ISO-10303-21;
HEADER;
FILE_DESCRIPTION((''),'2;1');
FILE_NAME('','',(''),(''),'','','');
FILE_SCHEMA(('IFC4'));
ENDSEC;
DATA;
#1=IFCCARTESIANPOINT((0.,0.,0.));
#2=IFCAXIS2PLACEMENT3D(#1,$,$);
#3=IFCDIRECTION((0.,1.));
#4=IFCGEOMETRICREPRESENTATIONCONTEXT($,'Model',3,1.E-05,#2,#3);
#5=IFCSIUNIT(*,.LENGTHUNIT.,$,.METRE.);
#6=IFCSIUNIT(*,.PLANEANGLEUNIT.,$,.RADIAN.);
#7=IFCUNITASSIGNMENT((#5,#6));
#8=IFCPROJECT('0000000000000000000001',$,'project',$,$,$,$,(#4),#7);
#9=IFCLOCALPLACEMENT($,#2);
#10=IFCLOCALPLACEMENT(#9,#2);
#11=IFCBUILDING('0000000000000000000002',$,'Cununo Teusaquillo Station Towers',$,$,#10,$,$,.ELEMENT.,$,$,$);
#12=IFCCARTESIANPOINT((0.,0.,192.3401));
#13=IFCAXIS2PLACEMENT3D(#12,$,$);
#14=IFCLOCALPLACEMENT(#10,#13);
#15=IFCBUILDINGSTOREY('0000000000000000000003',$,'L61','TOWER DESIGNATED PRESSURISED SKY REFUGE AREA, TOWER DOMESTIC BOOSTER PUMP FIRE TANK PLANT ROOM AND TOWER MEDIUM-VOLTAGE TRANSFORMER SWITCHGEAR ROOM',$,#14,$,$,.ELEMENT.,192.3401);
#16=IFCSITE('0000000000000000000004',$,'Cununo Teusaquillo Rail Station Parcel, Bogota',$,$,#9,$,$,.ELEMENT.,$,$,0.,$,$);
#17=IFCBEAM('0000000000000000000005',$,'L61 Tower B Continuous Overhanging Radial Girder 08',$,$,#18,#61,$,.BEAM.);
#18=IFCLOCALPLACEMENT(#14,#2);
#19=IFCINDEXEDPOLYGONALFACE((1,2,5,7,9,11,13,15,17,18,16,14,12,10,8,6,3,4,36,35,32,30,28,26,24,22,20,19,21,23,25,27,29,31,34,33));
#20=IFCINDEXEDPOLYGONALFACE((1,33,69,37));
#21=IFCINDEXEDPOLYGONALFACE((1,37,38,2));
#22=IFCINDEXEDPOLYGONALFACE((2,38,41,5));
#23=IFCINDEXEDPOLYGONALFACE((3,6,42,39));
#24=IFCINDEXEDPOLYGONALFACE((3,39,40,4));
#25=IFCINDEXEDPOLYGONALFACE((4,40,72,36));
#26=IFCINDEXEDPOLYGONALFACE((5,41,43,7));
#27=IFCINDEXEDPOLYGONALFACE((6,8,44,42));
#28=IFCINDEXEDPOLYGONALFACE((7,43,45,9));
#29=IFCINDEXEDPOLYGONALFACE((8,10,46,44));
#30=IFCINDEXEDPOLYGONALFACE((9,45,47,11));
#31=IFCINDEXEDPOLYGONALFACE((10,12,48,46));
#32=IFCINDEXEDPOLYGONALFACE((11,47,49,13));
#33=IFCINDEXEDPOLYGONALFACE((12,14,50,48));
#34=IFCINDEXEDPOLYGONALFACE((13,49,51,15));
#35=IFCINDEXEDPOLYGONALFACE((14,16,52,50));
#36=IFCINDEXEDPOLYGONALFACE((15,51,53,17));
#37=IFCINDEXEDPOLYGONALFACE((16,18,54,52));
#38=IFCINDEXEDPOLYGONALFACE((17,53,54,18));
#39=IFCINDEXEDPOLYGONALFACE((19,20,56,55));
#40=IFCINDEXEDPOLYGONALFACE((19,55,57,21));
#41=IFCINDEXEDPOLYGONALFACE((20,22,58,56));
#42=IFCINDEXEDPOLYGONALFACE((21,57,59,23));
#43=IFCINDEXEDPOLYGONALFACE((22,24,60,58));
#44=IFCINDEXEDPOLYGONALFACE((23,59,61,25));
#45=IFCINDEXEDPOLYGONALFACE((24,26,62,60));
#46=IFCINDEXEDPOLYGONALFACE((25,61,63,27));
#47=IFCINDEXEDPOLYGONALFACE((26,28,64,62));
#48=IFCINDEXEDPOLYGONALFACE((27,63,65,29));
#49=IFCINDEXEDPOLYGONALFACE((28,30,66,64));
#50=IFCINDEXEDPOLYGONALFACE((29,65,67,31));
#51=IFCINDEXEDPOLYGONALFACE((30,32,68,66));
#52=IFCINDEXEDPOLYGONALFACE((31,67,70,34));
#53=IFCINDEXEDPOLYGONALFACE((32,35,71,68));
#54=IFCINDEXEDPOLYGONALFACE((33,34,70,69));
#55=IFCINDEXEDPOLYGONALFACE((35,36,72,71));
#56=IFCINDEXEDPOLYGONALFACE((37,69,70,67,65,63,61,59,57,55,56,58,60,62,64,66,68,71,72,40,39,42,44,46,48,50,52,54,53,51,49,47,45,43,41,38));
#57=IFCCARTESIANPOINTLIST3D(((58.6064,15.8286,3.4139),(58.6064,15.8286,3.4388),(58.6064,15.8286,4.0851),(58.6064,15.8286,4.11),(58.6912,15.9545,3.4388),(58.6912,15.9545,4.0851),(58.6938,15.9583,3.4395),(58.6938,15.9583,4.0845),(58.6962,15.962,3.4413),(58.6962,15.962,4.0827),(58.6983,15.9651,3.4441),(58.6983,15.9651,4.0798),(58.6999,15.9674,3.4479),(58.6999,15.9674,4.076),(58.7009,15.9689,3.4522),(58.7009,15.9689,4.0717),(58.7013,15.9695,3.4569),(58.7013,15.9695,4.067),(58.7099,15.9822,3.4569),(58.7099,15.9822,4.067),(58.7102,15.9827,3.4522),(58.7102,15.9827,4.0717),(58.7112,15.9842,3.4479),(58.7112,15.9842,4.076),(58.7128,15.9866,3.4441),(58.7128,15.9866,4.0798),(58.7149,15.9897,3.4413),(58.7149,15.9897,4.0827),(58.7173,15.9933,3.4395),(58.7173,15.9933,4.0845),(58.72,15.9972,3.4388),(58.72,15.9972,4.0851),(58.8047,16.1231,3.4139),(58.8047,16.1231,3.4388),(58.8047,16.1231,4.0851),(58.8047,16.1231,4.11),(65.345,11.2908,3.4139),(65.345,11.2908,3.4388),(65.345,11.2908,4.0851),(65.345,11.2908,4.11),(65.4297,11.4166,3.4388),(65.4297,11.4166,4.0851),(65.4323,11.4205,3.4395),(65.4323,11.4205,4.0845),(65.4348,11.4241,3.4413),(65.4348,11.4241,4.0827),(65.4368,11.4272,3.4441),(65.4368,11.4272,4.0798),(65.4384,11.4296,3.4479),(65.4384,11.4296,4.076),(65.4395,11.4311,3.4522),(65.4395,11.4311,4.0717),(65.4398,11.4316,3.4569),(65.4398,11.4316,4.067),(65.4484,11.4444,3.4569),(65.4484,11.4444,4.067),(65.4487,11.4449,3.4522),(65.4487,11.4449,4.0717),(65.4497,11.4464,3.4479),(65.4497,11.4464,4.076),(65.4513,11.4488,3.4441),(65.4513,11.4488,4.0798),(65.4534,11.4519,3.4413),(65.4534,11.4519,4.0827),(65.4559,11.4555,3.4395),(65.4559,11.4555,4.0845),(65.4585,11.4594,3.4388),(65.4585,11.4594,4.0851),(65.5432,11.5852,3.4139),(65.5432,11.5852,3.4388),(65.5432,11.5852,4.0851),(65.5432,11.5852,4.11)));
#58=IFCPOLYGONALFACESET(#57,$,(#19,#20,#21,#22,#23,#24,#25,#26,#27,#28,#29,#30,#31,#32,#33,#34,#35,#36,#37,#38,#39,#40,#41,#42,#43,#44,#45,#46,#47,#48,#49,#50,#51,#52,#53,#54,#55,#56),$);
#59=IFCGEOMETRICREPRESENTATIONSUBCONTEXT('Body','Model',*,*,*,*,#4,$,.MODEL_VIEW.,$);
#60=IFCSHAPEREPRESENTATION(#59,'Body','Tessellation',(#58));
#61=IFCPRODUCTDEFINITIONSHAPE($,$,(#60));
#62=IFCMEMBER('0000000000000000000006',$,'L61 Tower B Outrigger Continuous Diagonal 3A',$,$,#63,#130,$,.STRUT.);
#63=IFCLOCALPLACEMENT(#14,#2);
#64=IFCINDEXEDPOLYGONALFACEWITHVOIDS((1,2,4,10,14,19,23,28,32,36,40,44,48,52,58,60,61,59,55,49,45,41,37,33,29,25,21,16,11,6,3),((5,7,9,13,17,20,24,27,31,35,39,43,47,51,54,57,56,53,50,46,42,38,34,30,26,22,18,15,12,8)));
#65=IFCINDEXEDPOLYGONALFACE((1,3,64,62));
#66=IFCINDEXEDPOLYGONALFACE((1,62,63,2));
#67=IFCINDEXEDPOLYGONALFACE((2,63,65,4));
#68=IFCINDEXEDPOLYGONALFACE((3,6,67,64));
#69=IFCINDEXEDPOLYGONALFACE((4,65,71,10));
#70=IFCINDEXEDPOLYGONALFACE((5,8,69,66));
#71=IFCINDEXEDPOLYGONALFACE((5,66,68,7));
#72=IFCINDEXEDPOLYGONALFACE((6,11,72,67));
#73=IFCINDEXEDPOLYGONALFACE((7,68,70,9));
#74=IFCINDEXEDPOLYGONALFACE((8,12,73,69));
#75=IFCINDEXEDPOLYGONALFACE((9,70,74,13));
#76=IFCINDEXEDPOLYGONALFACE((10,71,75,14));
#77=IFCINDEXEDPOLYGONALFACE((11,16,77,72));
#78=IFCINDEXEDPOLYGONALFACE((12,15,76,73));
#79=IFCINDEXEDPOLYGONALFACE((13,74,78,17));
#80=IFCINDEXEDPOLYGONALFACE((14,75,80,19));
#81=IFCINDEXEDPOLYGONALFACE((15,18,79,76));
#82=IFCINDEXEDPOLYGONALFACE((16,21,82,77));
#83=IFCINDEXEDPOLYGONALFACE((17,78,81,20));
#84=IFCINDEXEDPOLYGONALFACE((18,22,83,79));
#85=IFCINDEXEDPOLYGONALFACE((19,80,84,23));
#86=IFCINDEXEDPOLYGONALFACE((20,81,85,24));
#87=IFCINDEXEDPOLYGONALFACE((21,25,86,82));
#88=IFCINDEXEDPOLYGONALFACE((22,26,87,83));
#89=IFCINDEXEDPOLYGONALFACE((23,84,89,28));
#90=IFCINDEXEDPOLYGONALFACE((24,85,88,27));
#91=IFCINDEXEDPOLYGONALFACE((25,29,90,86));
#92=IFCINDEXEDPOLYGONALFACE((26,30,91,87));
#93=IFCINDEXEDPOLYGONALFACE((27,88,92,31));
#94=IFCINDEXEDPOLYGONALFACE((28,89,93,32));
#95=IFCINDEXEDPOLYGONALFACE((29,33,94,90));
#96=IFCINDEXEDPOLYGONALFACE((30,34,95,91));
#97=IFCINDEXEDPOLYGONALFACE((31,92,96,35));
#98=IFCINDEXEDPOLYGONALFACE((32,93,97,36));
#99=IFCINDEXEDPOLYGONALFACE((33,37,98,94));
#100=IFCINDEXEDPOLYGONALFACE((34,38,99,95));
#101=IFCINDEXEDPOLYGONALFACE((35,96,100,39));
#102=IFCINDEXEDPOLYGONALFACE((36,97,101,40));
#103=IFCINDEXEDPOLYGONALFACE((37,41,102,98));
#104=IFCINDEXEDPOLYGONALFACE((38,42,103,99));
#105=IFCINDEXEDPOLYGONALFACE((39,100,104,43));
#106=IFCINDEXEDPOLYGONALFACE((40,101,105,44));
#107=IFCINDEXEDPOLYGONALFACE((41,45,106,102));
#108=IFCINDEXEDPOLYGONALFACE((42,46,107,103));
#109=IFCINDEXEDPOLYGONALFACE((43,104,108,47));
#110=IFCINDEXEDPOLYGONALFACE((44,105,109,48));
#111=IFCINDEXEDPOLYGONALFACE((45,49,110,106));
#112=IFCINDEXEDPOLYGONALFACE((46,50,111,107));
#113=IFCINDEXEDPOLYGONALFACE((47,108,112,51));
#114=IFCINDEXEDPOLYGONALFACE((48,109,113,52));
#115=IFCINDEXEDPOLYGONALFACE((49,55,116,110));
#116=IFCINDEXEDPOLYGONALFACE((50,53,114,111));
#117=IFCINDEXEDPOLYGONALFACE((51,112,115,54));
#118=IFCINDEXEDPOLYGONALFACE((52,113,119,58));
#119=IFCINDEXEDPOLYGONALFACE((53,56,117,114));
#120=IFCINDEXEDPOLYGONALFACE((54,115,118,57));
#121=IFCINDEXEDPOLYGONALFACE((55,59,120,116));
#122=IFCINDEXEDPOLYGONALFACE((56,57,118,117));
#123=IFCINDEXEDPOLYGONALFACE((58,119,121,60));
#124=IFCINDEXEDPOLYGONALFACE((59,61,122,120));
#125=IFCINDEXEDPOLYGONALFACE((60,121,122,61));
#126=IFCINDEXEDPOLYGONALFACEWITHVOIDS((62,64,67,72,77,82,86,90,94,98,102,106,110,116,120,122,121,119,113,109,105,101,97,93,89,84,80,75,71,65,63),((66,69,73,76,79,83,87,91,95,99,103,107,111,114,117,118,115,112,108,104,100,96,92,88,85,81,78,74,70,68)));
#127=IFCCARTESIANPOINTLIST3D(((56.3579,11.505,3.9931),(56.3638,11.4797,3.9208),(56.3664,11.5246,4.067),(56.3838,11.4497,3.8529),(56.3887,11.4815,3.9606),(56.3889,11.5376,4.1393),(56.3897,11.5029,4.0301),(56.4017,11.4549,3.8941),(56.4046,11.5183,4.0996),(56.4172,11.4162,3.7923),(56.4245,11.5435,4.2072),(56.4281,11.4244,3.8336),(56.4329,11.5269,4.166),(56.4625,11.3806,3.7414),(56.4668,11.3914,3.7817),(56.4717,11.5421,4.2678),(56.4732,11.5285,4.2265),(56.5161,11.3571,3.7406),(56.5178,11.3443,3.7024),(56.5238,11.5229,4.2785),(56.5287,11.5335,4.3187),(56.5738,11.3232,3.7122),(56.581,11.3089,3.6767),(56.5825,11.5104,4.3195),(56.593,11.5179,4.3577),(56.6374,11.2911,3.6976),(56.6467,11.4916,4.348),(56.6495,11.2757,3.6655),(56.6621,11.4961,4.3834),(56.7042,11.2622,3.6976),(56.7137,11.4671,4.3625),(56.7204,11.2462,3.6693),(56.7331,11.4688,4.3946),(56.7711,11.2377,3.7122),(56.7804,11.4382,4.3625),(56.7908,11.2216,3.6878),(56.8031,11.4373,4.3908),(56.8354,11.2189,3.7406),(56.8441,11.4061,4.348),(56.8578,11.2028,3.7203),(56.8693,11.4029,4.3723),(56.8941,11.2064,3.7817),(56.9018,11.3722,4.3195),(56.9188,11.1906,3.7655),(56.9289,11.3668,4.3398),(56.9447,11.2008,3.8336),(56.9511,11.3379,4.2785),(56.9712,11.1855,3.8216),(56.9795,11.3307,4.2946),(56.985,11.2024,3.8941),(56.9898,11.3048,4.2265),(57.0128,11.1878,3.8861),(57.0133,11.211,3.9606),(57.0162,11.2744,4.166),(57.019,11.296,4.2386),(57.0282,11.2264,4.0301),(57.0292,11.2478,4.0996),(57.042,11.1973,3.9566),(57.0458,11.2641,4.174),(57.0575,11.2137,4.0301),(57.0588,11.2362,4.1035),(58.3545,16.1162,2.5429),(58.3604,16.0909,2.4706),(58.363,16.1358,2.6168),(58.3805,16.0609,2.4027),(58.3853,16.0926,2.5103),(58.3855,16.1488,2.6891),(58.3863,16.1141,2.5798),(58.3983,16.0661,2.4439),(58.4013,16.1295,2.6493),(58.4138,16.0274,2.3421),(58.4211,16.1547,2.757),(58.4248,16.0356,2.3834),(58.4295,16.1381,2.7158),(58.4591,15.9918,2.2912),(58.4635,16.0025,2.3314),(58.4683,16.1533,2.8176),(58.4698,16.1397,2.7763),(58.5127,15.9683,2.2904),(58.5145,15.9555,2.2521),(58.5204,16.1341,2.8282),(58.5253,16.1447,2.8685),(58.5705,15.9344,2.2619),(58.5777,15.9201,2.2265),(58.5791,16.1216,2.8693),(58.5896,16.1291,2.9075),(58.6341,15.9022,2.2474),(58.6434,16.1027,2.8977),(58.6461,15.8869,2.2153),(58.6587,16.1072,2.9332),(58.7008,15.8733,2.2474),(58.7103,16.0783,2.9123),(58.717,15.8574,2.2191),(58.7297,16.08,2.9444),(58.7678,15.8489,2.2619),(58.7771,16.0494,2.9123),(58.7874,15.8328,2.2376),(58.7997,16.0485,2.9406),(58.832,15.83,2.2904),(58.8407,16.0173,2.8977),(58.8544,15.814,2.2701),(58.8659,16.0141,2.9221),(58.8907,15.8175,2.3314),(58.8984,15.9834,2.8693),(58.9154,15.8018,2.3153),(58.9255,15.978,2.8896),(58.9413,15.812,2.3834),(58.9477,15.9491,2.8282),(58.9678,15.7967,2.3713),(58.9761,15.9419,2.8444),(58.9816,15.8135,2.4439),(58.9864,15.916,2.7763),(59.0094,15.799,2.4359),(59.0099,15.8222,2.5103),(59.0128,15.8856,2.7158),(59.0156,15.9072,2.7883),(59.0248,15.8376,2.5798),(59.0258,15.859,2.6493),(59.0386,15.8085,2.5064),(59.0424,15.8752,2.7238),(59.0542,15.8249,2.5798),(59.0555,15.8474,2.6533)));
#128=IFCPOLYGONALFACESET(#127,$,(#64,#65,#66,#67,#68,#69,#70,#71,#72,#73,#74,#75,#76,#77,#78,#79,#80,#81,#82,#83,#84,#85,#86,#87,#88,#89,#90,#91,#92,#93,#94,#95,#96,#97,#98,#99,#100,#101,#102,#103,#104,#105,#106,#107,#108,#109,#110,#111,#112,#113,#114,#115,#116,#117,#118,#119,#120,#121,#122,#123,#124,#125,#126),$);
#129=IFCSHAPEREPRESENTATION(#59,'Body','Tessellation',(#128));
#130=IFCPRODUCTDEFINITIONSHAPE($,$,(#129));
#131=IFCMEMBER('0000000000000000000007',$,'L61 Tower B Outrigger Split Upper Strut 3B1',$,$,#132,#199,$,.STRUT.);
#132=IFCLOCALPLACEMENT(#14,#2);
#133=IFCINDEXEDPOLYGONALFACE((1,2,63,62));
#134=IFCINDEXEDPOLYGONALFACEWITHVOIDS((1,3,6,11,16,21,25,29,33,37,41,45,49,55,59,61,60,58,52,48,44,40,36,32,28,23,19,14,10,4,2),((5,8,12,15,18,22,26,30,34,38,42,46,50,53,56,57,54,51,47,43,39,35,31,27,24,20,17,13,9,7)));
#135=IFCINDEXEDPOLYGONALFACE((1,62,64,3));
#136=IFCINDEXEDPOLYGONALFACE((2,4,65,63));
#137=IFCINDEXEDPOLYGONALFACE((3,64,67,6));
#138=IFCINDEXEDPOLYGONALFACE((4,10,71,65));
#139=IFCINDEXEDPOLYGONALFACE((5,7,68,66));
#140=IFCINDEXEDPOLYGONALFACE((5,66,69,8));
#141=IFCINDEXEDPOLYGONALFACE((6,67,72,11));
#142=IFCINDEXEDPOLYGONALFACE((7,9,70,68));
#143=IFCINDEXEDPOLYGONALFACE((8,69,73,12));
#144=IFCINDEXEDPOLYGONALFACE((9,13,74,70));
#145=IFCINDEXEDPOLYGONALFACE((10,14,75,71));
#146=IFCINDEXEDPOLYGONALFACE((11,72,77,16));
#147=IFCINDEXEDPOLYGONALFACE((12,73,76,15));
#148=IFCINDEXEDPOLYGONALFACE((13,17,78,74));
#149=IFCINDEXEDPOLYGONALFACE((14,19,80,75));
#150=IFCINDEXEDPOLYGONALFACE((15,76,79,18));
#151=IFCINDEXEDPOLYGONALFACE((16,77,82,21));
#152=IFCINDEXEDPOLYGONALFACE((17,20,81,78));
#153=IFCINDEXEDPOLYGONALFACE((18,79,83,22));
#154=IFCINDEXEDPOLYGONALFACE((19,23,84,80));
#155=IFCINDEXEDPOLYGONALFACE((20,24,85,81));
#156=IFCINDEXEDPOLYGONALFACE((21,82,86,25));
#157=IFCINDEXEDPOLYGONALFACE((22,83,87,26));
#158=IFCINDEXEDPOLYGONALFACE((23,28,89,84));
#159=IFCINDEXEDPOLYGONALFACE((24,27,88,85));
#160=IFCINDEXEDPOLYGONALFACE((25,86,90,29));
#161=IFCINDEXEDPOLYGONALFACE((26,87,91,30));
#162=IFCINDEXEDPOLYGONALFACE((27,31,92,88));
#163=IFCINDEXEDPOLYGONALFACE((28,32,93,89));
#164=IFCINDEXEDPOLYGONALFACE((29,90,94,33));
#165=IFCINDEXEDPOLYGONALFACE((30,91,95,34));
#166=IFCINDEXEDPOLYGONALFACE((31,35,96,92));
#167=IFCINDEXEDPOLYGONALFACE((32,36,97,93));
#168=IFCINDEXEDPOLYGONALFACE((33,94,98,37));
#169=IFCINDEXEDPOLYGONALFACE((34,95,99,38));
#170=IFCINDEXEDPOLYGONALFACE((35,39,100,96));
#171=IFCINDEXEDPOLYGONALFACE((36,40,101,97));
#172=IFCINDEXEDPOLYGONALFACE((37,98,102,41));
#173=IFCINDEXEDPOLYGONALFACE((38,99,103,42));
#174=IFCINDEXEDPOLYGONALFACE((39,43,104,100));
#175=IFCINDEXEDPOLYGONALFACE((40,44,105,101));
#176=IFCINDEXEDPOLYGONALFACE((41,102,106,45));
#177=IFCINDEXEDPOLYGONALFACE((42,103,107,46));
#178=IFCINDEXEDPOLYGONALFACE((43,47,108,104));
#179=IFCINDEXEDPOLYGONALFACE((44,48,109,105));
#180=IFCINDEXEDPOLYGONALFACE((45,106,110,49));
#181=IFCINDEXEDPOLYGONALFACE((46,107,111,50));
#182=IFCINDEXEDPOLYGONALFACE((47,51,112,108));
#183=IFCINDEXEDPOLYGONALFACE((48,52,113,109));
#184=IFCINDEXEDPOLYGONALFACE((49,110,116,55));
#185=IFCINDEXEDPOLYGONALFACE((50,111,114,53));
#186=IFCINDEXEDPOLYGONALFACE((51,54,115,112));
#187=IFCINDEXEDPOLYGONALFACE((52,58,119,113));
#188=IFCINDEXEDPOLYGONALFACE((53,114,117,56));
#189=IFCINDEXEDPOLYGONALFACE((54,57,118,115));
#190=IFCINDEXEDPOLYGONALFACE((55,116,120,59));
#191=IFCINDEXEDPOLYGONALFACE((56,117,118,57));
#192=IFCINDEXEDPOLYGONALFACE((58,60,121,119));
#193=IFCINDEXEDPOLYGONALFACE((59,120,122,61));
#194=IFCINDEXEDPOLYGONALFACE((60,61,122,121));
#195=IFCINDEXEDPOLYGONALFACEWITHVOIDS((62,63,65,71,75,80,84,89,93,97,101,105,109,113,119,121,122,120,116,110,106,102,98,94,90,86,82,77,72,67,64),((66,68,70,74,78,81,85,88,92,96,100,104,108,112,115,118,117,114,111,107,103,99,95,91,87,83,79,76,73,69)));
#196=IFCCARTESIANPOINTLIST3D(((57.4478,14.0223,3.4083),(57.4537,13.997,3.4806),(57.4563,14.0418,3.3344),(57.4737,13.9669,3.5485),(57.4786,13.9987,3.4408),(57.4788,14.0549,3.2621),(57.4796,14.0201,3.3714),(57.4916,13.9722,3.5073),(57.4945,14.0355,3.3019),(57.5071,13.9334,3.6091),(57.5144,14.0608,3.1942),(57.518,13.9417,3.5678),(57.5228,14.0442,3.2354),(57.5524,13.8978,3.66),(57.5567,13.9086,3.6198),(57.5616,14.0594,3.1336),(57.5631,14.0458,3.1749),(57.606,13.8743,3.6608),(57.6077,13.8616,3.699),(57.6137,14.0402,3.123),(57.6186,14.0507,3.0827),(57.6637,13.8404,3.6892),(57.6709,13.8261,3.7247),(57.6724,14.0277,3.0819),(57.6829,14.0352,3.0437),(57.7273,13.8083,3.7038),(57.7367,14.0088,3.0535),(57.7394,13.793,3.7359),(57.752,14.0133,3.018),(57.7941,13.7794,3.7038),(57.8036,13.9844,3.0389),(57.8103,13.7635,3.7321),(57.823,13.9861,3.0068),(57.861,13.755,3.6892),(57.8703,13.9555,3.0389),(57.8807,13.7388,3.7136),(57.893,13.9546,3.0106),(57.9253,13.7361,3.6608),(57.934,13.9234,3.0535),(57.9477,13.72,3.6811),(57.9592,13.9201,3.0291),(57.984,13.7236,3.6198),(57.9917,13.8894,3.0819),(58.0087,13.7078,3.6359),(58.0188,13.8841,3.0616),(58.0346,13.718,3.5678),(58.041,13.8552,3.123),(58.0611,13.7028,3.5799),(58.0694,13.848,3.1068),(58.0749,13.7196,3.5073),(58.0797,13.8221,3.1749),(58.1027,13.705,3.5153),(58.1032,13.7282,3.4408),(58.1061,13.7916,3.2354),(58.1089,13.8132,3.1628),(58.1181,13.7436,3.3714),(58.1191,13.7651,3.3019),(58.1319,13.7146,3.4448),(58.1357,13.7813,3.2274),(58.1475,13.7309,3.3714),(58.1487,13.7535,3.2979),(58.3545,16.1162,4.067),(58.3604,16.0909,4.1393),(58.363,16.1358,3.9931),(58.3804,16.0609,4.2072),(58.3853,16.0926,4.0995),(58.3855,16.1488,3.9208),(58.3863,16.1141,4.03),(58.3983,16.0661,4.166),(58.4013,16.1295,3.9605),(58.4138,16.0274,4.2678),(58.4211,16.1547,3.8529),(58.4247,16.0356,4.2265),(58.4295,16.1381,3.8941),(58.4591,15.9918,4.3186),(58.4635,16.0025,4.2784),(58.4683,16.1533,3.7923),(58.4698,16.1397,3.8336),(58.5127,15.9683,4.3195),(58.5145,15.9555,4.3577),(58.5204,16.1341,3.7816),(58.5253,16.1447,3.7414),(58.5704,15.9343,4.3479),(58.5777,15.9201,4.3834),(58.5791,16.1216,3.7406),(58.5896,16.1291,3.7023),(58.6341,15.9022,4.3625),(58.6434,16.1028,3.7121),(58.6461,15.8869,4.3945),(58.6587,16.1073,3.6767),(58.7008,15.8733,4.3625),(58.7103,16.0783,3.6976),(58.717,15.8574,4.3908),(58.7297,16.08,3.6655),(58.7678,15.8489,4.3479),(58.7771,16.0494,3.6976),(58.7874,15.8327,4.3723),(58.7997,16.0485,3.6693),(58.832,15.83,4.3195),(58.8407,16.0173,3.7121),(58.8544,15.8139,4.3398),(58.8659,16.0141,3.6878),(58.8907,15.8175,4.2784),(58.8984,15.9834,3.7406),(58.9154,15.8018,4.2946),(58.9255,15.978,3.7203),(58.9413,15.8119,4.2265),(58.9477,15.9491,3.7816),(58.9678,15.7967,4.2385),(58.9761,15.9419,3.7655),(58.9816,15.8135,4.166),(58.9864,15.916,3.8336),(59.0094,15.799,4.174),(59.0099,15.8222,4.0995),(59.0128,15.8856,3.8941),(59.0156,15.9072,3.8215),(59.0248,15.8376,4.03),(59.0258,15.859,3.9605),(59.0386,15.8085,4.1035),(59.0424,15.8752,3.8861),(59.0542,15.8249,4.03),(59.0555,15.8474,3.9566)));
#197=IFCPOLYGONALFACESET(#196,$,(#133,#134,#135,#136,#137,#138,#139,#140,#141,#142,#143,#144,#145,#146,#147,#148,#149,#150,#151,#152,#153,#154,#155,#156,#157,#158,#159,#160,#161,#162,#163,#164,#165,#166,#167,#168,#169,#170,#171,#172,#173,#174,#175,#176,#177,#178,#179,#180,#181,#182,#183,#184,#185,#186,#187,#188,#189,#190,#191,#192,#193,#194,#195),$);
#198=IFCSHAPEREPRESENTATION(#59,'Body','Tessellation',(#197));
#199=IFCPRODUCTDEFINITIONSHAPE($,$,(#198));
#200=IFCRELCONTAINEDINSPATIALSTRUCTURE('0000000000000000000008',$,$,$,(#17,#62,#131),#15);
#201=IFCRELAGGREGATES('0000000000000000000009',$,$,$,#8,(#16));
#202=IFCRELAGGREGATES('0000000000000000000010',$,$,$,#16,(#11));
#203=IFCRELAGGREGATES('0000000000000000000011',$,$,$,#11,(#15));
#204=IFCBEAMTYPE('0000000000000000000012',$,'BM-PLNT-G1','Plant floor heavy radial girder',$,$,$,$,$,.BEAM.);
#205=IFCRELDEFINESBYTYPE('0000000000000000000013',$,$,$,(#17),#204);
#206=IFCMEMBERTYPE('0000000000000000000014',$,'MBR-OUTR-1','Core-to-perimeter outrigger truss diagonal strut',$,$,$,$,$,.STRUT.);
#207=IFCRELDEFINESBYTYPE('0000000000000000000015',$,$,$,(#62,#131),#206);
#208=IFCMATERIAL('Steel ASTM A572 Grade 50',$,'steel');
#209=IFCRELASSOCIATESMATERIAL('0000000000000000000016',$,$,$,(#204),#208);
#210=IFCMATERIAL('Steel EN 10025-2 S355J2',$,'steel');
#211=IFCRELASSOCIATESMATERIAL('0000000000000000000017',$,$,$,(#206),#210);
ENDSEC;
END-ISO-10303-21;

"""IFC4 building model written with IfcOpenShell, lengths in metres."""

from ifc_helpers import new_model, si_unit, direction, frame, origin, origin_2d, place, context, subcontext, project, spatial, hollow_circle, i_section, extrude, material, material_profile, profile_set, type_object, element, save


model = new_model("IFC4")

# Units and contexts
model_context = context("Model", 3, precision=1e-05, world=origin(), true_north=direction((0.0, 1.0)))
body_context = subcontext(model_context, "Body", "Model", "MODEL_VIEW")
ifc_project = project(units=[si_unit("LENGTHUNIT", "METRE"), si_unit("PLANEANGLEUNIT", "RADIAN")], contexts=[model_context])

# Site, building, storey
site_placement = place(None, origin())
site = spatial("IfcSite", under=ifc_project, at=site_placement, Name="Cununo Teusaquillo Rail Station Parcel, Bogota", CompositionType="ELEMENT", RefElevation=0.0)
building_placement = place(site_placement, origin())
building = spatial("IfcBuilding", under=site, at=building_placement, Name="Cununo Teusaquillo Station Towers", CompositionType="ELEMENT")
storey_placement = place(building_placement, frame((0.0, 0.0, 192.3401)))
storey = spatial("IfcBuildingStorey", under=building, at=storey_placement, Name="L61", Description="TOWER DESIGNATED PRESSURISED SKY REFUGE AREA, TOWER DOMESTIC BOOSTER PUMP FIRE TANK PLANT ROOM AND TOWER MEDIUM-VOLTAGE TRANSFORMER SWITCHGEAR ROOM", CompositionType="ELEMENT", Elevation=192.3401)

# Beam
ifc_material_1 = material(Name="Steel ASTM A572 Grade 50", Category="steel")
ifc_material_profile_1 = material_profile(ifc_material_1, i_section(OverallWidth=0.355, OverallDepth=0.696, WebThickness=0.0154, FlangeThickness=0.0249, FilletRadius=0.0181, at=origin_2d()), Name="W27X146")
ifc_profile_set_1 = profile_set([ifc_material_profile_1], Name="Steel ASTM A572 Grade 50")
beam_type_1 = type_object("IfcBeamType", Name="BM-PLNT-G1", Description="Plant floor heavy radial girder", PredefinedType="BEAM", material=ifc_profile_set_1)
beam_1_placement = place(storey_placement, frame((58.7056, 15.9758, 3.762), z_axis=(0.829457, -0.558571, 0.0), x_axis=(0.558571, 0.829457, 0.0)))
element("IfcBeam", 1, at=beam_1_placement, inside=storey, type_object=beam_type_1, Name="L61 Tower B Continuous Overhanging Radial Girder 08", PredefinedType="BEAM", context=body_context, shape_type="SweptSolid", body=[
    extrude(i_section(OverallWidth=0.355, OverallDepth=0.696, WebThickness=0.0154, FlangeThickness=0.0249, FilletRadius=0.0181, at=origin_2d()), origin(), (0.0, 0.0, 1.0), 8.124),
])

# Members
ifc_material_2 = material(Name="Steel EN 10025-2 S355J2", Category="steel")
ifc_material_profile_2 = material_profile(ifc_material_2, hollow_circle(Radius=0.3799, WallThickness=0.032, at=origin_2d()), Name="CHS 760x32")
ifc_profile_set_2 = profile_set([ifc_material_profile_2], Name="Steel EN 10025-2 S355J2")
member_type = type_object("IfcMemberType", Name="MBR-OUTR-1", Description="Core-to-perimeter outrigger truss diagonal strut", PredefinedType="STRUT", material=ifc_profile_set_2)
member_1_placement = place(storey_placement, frame((58.7056, 15.9758, 2.5798), z_axis=(-0.381765, -0.881683, 0.277291), x_axis=(0.917668, -0.397347, 0.0)))
element("IfcMember", 2, at=member_1_placement, inside=storey, type_object=member_type, Name="L61 Tower B Outrigger Continuous Diagonal 3A", PredefinedType="STRUT", context=body_context, shape_type="SweptSolid", body=[
    extrude(hollow_circle(Radius=0.3799, WallThickness=0.032, at=origin_2d()), origin(), (0.0, 0.0, 1.0), 5.23),
])
member_2_placement = place(storey_placement, frame((58.7056, 15.9758, 4.03), z_axis=(-0.381777, -0.881663, -0.277338), x_axis=(0.917661, -0.397364, 0.0)))
element("IfcMember", 3, at=member_2_placement, inside=storey, type_object=member_type, Name="L61 Tower B Outrigger Split Upper Strut 3B1", PredefinedType="STRUT", context=body_context, shape_type="SweptSolid", body=[
    extrude(hollow_circle(Radius=0.3799, WallThickness=0.032, at=origin_2d()), origin(), (0.0, 0.0, 1.0), 2.375),
])

save(model, "model.ifc")
